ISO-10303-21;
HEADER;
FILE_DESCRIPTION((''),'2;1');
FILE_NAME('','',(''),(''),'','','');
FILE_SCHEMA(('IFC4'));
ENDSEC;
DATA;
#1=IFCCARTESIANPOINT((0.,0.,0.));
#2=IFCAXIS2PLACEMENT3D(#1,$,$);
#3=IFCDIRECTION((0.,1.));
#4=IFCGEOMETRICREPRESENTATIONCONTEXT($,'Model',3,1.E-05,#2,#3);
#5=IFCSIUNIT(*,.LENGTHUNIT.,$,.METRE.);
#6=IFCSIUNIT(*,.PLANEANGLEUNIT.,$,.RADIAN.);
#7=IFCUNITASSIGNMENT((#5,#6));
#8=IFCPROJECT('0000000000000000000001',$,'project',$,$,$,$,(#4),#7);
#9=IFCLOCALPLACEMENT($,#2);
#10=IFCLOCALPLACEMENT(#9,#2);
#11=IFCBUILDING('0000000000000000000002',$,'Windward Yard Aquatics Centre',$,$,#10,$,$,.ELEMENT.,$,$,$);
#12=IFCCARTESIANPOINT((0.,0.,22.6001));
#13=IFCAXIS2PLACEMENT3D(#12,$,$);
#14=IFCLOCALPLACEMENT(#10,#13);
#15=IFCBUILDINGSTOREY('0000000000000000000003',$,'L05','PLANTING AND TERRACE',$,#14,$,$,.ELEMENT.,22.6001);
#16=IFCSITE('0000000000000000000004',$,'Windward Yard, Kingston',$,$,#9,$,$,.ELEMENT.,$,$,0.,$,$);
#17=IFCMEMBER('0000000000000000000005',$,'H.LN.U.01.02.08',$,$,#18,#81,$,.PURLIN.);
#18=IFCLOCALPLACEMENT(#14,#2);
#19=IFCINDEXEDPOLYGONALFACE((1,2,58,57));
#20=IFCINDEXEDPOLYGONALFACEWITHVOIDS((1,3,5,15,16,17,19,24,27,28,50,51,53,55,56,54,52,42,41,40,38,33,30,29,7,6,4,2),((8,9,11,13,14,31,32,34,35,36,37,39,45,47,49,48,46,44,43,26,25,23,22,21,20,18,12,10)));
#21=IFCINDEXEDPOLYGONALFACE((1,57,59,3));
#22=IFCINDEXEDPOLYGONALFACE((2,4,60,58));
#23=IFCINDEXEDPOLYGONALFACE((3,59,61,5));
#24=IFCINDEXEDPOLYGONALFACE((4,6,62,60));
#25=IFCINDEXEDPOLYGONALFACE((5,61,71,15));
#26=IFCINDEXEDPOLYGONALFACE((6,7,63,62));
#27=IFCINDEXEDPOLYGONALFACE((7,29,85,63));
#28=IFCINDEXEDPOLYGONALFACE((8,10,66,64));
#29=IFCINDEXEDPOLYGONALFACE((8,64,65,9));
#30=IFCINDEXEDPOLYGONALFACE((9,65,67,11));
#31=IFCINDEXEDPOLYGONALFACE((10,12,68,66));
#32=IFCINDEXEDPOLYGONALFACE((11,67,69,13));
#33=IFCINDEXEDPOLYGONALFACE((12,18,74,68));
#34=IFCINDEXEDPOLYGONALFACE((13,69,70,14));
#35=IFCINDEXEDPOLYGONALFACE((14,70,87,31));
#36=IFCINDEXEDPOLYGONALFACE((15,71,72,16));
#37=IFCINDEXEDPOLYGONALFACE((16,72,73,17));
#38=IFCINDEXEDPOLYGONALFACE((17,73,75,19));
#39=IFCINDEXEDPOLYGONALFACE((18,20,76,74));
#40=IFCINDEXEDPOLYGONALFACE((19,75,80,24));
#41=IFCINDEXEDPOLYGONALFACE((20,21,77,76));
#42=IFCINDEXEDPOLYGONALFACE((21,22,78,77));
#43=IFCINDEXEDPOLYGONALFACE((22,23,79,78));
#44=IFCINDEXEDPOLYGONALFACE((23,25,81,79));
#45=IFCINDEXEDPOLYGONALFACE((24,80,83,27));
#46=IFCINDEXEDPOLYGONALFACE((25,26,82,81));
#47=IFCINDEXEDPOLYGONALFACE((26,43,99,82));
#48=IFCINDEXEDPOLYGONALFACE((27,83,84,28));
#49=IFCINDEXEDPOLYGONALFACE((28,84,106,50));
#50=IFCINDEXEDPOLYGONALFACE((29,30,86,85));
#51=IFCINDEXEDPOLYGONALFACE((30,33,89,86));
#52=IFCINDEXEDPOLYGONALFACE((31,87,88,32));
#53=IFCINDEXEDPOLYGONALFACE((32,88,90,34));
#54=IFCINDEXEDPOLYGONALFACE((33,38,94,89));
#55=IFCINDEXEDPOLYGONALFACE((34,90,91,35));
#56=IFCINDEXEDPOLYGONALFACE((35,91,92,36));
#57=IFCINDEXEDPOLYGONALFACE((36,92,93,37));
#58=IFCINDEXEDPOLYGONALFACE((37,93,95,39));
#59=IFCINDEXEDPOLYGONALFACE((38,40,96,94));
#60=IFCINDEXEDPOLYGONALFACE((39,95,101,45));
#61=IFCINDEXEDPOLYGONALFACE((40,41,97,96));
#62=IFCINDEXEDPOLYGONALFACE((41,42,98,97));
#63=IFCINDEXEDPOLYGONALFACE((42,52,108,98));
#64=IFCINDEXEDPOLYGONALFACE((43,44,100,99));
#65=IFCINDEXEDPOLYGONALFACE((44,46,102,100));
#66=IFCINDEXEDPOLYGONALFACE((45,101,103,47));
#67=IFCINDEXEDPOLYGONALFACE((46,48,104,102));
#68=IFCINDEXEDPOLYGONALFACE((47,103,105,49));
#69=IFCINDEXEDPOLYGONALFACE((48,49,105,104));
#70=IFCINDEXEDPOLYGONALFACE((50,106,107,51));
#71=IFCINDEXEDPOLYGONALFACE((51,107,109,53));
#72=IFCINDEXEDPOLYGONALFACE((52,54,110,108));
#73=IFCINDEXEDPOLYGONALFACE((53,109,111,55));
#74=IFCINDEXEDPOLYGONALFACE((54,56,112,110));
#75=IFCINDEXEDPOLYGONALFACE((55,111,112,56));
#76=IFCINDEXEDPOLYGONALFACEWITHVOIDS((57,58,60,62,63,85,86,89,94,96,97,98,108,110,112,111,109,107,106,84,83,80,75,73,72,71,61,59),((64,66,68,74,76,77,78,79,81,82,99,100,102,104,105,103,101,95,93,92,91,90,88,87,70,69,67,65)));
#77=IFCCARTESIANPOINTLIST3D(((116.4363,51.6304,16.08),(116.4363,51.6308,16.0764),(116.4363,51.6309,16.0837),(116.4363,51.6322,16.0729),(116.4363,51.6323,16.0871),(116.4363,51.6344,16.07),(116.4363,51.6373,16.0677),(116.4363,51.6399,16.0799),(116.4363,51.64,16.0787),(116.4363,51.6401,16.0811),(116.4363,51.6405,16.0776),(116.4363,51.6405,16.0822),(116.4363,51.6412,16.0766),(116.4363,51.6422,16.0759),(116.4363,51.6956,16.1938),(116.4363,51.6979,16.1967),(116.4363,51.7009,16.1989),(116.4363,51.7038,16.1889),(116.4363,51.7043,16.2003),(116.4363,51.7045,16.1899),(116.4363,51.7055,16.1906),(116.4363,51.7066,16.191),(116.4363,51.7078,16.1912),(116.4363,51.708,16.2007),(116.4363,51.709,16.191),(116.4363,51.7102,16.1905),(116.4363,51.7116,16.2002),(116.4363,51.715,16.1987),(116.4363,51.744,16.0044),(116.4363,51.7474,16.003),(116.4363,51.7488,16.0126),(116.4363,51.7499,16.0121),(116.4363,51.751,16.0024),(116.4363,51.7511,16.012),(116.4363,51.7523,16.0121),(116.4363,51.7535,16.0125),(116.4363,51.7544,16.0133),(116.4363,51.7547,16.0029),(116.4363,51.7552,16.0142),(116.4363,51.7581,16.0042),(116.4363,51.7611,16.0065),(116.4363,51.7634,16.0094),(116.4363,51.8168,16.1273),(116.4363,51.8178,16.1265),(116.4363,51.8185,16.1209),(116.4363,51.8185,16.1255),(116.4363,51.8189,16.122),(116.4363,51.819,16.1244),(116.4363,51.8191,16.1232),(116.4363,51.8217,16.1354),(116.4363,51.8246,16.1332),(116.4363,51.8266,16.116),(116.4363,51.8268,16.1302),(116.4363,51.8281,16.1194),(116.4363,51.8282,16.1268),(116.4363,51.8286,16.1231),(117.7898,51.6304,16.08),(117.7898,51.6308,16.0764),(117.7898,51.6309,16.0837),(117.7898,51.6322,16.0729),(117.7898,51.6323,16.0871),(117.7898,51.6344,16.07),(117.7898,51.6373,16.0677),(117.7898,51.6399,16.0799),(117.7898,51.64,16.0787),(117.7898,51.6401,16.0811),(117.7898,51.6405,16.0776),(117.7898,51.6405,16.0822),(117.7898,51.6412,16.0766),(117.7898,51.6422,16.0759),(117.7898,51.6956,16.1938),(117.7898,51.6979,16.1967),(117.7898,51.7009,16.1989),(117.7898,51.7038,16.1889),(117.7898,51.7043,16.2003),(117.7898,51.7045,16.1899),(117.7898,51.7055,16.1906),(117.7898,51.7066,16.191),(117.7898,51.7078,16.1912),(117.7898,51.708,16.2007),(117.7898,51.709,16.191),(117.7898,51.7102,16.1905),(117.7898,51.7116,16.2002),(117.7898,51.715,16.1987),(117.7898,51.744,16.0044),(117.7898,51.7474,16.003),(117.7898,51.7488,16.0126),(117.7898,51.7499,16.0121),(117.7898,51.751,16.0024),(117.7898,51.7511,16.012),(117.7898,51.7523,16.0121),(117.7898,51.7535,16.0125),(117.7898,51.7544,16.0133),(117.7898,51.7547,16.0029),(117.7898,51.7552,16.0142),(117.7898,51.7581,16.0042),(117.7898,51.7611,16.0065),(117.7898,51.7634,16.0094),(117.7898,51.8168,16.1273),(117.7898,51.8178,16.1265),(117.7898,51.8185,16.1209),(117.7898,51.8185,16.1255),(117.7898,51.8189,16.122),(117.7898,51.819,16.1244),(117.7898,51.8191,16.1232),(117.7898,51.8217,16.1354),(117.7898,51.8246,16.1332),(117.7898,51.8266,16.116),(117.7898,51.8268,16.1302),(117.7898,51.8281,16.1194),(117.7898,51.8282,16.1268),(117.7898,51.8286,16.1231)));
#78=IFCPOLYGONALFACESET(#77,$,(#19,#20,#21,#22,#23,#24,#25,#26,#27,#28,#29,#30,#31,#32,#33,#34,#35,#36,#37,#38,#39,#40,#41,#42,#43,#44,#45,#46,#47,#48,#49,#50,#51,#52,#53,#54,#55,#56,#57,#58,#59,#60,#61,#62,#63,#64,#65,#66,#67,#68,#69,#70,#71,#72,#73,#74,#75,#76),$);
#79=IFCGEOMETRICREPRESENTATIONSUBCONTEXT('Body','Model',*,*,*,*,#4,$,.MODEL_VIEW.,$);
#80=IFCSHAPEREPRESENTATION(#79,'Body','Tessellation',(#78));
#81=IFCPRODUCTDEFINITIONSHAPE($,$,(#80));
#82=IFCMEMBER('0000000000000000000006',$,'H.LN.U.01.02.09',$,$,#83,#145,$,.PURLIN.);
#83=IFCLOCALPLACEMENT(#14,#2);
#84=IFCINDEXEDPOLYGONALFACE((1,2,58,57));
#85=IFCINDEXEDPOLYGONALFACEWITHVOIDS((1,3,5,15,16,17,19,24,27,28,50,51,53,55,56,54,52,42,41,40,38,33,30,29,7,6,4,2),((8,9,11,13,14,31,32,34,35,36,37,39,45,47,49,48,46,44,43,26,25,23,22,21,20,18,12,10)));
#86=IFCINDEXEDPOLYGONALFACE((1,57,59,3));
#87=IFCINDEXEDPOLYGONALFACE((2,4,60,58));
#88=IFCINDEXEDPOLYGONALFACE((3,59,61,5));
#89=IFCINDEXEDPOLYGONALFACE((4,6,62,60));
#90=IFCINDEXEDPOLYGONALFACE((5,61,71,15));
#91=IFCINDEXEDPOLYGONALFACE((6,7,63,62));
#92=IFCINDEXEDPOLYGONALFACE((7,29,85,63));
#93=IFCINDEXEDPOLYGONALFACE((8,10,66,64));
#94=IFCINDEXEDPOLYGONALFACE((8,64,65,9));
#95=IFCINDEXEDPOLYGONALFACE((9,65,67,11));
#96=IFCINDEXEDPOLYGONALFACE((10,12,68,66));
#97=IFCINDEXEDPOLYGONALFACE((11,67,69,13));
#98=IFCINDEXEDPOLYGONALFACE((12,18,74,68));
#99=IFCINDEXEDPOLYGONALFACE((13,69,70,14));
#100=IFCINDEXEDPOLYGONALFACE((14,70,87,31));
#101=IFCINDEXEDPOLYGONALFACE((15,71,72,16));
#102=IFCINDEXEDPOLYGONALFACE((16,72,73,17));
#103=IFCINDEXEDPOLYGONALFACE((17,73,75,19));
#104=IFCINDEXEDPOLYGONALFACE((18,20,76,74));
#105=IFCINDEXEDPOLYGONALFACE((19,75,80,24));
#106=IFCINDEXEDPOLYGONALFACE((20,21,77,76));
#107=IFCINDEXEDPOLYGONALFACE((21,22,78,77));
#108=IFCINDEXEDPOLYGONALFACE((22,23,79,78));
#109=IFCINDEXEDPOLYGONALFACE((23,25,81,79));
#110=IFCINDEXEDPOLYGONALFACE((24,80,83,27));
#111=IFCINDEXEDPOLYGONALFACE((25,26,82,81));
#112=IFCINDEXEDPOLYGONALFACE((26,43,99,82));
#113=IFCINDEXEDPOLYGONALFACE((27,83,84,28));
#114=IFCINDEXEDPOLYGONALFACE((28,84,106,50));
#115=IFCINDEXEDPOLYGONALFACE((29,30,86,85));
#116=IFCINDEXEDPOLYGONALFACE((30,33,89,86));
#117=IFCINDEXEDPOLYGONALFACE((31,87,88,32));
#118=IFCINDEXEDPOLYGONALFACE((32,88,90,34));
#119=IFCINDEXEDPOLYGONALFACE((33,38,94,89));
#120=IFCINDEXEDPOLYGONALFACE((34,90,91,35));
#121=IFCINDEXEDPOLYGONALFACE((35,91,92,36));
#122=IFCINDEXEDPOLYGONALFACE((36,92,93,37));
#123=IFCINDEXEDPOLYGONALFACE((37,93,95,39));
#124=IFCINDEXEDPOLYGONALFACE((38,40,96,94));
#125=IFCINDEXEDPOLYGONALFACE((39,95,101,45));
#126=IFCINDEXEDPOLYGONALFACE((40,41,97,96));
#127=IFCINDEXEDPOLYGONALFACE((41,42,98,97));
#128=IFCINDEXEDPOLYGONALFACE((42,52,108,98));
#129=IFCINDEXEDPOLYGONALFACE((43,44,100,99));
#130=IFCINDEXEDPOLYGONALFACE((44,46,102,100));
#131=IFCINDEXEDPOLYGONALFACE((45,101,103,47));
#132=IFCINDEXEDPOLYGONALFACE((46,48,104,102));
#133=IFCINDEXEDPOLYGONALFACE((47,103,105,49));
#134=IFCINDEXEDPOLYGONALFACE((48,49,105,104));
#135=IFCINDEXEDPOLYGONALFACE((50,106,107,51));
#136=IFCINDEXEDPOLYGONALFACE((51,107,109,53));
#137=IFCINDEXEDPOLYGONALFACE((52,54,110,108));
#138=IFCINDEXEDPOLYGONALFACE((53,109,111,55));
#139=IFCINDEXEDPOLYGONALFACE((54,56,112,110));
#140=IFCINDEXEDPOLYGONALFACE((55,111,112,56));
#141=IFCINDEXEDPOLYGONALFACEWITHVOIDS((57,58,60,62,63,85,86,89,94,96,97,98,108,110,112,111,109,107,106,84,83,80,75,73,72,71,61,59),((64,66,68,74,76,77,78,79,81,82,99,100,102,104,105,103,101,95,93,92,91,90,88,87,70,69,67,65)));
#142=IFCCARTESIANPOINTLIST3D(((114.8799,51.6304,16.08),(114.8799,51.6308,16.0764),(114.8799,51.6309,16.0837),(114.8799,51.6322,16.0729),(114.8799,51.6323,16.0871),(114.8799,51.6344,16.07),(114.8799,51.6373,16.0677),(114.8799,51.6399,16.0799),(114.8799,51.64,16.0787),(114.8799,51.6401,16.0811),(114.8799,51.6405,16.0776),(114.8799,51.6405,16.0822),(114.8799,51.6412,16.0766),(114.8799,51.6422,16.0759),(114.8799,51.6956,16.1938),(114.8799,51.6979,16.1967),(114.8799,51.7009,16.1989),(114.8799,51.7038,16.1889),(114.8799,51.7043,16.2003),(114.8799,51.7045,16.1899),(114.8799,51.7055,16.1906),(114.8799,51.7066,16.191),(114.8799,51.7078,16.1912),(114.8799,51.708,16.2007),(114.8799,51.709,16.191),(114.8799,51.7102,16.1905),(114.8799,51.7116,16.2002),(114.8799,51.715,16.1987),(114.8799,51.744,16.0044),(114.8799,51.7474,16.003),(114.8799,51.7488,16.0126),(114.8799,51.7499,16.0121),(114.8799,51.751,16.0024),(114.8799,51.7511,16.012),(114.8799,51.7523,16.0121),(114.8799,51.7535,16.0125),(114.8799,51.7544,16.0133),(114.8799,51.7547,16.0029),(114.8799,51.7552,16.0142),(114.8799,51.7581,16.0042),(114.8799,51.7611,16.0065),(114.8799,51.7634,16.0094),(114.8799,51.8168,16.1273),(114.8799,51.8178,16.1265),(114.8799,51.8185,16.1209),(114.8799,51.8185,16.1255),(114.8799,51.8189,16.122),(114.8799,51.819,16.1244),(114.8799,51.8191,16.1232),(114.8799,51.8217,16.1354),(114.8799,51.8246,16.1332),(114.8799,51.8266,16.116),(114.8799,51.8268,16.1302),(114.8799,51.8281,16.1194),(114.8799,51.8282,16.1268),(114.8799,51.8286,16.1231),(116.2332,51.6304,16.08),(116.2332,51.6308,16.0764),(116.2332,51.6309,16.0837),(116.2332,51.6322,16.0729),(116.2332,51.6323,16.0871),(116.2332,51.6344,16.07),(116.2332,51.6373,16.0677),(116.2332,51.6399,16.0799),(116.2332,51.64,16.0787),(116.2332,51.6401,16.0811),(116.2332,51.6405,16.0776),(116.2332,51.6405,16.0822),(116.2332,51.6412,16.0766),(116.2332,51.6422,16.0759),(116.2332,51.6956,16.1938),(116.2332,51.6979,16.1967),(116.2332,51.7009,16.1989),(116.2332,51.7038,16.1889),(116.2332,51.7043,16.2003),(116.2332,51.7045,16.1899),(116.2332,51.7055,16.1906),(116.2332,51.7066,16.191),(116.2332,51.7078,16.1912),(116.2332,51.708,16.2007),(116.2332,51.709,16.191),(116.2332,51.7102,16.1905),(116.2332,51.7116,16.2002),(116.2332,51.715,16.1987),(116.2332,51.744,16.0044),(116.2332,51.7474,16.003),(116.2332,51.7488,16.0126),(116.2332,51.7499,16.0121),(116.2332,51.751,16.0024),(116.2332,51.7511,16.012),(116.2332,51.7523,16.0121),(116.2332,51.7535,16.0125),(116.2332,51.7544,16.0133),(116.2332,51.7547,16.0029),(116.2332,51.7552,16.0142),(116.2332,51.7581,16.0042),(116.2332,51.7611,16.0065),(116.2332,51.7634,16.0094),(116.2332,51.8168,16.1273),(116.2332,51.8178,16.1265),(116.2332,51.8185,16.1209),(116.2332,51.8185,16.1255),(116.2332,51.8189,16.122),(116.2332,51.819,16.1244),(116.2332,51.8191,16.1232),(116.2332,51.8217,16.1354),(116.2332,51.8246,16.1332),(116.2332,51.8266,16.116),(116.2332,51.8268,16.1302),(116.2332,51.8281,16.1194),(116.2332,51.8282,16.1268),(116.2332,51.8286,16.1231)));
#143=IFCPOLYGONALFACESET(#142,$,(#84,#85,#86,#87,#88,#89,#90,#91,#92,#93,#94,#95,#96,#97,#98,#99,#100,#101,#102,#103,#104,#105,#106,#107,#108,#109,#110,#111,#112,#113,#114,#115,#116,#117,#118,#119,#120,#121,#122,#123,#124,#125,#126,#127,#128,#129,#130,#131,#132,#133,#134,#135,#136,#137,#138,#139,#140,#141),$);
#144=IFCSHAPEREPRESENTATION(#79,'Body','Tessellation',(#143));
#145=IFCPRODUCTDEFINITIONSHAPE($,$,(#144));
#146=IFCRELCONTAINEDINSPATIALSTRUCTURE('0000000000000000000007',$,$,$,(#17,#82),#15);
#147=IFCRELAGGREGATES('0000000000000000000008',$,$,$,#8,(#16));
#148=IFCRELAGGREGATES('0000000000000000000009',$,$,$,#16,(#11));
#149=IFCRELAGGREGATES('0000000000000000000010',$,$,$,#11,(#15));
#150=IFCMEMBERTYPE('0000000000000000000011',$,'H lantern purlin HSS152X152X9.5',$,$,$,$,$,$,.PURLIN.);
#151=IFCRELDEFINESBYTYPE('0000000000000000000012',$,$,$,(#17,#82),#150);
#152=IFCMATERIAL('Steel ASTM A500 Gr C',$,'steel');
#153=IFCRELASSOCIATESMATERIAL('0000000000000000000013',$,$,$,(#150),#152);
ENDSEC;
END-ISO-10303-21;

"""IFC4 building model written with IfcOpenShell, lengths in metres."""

from ifc_helpers import new_model, si_unit, direction, frame, origin, origin_2d, place, context, subcontext, project, spatial, hollow_rectangle, extrude, material, material_profile, profile_set, type_object, element, save


model = new_model("IFC4")

# Units and contexts
model_context = context("Model", 3, precision=1e-05, world=origin(), true_north=direction((0.0, 1.0)))
body_context = subcontext(model_context, "Body", "Model", "MODEL_VIEW")
ifc_project = project(units=[si_unit("LENGTHUNIT", "METRE"), si_unit("PLANEANGLEUNIT", "RADIAN")], contexts=[model_context])

# Site, building, storey
site_placement = place(None, origin())
site = spatial("IfcSite", under=ifc_project, at=site_placement, Name="Windward Yard, Kingston", CompositionType="ELEMENT", RefElevation=0.0)
building_placement = place(site_placement, origin())
building = spatial("IfcBuilding", under=site, at=building_placement, Name="Windward Yard Aquatics Centre", CompositionType="ELEMENT")
storey_placement = place(building_placement, frame((0.0, 0.0, 22.6001)))
storey = spatial("IfcBuildingStorey", under=building, at=storey_placement, Name="L05", Description="PLANTING AND TERRACE", CompositionType="ELEMENT", Elevation=22.6001)

# Members
ifc_material_1 = material(Name="Steel ASTM A500 Gr C", Category="steel")
ifc_material_profile_1 = material_profile(ifc_material_1, hollow_rectangle(XDim=0.1523, YDim=0.1523, WallThickness=0.0095, InnerFilletRadius=0.0046, OuterFilletRadius=0.0142, at=origin_2d()), Name="HSS152X152X9.5")
ifc_profile_set_1 = profile_set([ifc_material_profile_1], Name="Steel ASTM A500 Gr C")
member_type_1 = type_object("IfcMemberType", Name="H lantern purlin HSS152X152X9.5", PredefinedType="PURLIN", material=ifc_profile_set_1)
member_1_placement = place(storey_placement, frame((117.7898, 51.7295, 16.1016), z_axis=(-1.0, 0.0, 0.0), x_axis=(0.0, -0.51012, -0.860103)))
element("IfcMember", 1, at=member_1_placement, inside=storey, type_object=member_type_1, Name="H.LN.U.01.02.08", PredefinedType="PURLIN", context=body_context, shape_type="SweptSolid", body=[
    extrude(hollow_rectangle(XDim=0.1523, YDim=0.1523, WallThickness=0.0095, InnerFilletRadius=0.0046, OuterFilletRadius=0.0142, at=origin_2d()), origin(), (0.0, 0.0, 1.0), 1.3535),
])
member_2_placement = place(storey_placement, frame((116.2332, 51.7295, 16.1016), z_axis=(-1.0, 0.0, 0.0), x_axis=(0.0, -0.51012, -0.860103)))
element("IfcMember", 2, at=member_2_placement, inside=storey, type_object=member_type_1, Name="H.LN.U.01.02.09", PredefinedType="PURLIN", context=body_context, shape_type="SweptSolid", body=[
    extrude(hollow_rectangle(XDim=0.1523, YDim=0.1523, WallThickness=0.0095, InnerFilletRadius=0.0046, OuterFilletRadius=0.0142, at=origin_2d()), origin(), (0.0, 0.0, 1.0), 1.3533),
])

save(model, "model.ifc")
